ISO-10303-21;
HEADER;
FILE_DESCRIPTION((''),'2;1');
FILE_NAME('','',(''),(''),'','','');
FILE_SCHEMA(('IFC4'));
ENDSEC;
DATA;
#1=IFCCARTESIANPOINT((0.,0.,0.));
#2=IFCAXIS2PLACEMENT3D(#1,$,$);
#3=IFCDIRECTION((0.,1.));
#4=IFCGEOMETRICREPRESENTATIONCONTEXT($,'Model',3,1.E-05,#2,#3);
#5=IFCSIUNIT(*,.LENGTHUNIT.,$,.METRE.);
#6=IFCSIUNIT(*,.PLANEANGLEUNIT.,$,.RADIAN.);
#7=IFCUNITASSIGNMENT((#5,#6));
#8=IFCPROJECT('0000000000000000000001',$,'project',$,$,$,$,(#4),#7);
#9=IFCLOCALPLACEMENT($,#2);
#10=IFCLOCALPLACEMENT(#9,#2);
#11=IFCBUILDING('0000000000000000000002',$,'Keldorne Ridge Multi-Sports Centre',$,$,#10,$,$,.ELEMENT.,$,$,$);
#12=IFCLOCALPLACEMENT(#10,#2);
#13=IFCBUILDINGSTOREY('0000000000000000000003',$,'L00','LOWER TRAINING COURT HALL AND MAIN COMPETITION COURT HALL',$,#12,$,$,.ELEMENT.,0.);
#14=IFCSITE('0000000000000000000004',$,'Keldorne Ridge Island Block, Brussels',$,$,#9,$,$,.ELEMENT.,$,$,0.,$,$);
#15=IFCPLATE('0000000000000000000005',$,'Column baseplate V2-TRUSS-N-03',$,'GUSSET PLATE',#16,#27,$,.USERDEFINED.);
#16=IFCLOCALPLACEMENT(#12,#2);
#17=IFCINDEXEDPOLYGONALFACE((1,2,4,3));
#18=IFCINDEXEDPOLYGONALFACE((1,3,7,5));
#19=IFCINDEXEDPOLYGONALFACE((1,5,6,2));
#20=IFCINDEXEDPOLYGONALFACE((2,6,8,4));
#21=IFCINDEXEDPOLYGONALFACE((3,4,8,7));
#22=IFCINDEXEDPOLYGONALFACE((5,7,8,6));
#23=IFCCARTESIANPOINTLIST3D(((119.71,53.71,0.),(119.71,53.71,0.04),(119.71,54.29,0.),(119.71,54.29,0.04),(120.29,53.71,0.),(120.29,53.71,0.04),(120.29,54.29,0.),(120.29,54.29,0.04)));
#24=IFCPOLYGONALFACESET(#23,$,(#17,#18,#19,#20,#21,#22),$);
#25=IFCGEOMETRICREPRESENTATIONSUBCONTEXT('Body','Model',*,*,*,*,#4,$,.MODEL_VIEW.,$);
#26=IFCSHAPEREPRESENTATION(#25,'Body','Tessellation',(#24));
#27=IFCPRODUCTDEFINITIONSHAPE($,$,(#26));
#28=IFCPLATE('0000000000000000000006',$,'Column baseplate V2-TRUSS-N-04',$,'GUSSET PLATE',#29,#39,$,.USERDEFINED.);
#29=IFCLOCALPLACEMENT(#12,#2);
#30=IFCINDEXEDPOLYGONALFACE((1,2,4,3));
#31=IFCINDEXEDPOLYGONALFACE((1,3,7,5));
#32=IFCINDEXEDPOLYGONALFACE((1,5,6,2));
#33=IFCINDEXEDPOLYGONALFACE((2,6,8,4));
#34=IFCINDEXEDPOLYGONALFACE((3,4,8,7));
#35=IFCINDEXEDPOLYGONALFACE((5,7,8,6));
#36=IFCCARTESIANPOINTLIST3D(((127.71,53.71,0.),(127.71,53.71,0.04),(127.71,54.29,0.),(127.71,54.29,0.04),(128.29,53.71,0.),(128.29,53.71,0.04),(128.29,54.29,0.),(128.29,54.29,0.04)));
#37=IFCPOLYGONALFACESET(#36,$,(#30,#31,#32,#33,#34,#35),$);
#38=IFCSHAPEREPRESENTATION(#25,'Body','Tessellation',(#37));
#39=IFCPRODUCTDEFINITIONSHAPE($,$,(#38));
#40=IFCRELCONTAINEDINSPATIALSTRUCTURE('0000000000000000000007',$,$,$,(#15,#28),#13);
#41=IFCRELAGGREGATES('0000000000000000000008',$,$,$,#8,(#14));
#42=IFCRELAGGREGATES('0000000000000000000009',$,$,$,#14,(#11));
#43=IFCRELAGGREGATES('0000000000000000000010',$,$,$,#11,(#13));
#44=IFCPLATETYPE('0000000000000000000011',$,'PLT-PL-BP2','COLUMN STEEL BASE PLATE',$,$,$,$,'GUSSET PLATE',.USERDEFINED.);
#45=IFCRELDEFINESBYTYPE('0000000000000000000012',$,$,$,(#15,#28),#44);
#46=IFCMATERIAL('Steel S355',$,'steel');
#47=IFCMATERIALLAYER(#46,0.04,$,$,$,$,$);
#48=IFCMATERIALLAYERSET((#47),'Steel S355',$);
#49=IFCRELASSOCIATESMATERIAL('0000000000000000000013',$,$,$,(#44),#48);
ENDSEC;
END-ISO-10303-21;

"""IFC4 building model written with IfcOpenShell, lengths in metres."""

from ifc_helpers import new_model, si_unit, direction, frame, origin, origin_2d, place, context, subcontext, project, spatial, rectangle, extrude, material, layer, layer_set, type_object, element, save


model = new_model("IFC4")

# Units and contexts
model_context = context("Model", 3, precision=1e-05, world=origin(), true_north=direction((0.0, 1.0)))
body_context = subcontext(model_context, "Body", "Model", "MODEL_VIEW")
ifc_project = project(units=[si_unit("LENGTHUNIT", "METRE"), si_unit("PLANEANGLEUNIT", "RADIAN")], contexts=[model_context])

# Site, building, storey
site_placement = place(None, origin())
site = spatial("IfcSite", under=ifc_project, at=site_placement, Name="Keldorne Ridge Island Block, Brussels", CompositionType="ELEMENT", RefElevation=0.0)
building_placement = place(site_placement, origin())
building = spatial("IfcBuilding", under=site, at=building_placement, Name="Keldorne Ridge Multi-Sports Centre", CompositionType="ELEMENT")
storey_placement = place(building_placement, origin())
storey = spatial("IfcBuildingStorey", under=building, at=storey_placement, Name="L00", Description="LOWER TRAINING COURT HALL AND MAIN COMPETITION COURT HALL", CompositionType="ELEMENT", Elevation=0.0)

# Shared definitions
ifc_material_1 = material(Name="Steel S355", Category="steel")

# Plates
ifc_layer_1 = layer(ifc_material_1, 0.04)
ifc_layer_set_1 = layer_set([ifc_layer_1], Name="Steel S355")
plate_type_1 = type_object("IfcPlateType", Name="PLT-PL-BP2", Description="COLUMN STEEL BASE PLATE", ElementType="GUSSET PLATE", PredefinedType="USERDEFINED", material=ifc_layer_set_1)
for number, where, z_axis, x_axis, name in (
    (1, (120.0, 54.0, 0.0), (0.0, 0.0, 1.0), (1.0, 0.0, 0.0), "Column baseplate V2-TRUSS-N-03"),
    (2, (128.0, 54.0, 0.0), (0.0, 0.0, 1.0), (1.0, 0.0, 0.0), "Column baseplate V2-TRUSS-N-04"),
):
    element("IfcPlate", number, at=place(storey_placement, frame(where, z_axis=z_axis, x_axis=x_axis)), inside=storey, type_object=plate_type_1, Name=name, ObjectType="GUSSET PLATE", PredefinedType="USERDEFINED", context=body_context, shape_type="SweptSolid", body=[
        extrude(rectangle(XDim=0.5801, YDim=0.5801, at=origin_2d()), origin(), (0.0, 0.0, 1.0), 0.04),
    ])

save(model, "model.ifc")
